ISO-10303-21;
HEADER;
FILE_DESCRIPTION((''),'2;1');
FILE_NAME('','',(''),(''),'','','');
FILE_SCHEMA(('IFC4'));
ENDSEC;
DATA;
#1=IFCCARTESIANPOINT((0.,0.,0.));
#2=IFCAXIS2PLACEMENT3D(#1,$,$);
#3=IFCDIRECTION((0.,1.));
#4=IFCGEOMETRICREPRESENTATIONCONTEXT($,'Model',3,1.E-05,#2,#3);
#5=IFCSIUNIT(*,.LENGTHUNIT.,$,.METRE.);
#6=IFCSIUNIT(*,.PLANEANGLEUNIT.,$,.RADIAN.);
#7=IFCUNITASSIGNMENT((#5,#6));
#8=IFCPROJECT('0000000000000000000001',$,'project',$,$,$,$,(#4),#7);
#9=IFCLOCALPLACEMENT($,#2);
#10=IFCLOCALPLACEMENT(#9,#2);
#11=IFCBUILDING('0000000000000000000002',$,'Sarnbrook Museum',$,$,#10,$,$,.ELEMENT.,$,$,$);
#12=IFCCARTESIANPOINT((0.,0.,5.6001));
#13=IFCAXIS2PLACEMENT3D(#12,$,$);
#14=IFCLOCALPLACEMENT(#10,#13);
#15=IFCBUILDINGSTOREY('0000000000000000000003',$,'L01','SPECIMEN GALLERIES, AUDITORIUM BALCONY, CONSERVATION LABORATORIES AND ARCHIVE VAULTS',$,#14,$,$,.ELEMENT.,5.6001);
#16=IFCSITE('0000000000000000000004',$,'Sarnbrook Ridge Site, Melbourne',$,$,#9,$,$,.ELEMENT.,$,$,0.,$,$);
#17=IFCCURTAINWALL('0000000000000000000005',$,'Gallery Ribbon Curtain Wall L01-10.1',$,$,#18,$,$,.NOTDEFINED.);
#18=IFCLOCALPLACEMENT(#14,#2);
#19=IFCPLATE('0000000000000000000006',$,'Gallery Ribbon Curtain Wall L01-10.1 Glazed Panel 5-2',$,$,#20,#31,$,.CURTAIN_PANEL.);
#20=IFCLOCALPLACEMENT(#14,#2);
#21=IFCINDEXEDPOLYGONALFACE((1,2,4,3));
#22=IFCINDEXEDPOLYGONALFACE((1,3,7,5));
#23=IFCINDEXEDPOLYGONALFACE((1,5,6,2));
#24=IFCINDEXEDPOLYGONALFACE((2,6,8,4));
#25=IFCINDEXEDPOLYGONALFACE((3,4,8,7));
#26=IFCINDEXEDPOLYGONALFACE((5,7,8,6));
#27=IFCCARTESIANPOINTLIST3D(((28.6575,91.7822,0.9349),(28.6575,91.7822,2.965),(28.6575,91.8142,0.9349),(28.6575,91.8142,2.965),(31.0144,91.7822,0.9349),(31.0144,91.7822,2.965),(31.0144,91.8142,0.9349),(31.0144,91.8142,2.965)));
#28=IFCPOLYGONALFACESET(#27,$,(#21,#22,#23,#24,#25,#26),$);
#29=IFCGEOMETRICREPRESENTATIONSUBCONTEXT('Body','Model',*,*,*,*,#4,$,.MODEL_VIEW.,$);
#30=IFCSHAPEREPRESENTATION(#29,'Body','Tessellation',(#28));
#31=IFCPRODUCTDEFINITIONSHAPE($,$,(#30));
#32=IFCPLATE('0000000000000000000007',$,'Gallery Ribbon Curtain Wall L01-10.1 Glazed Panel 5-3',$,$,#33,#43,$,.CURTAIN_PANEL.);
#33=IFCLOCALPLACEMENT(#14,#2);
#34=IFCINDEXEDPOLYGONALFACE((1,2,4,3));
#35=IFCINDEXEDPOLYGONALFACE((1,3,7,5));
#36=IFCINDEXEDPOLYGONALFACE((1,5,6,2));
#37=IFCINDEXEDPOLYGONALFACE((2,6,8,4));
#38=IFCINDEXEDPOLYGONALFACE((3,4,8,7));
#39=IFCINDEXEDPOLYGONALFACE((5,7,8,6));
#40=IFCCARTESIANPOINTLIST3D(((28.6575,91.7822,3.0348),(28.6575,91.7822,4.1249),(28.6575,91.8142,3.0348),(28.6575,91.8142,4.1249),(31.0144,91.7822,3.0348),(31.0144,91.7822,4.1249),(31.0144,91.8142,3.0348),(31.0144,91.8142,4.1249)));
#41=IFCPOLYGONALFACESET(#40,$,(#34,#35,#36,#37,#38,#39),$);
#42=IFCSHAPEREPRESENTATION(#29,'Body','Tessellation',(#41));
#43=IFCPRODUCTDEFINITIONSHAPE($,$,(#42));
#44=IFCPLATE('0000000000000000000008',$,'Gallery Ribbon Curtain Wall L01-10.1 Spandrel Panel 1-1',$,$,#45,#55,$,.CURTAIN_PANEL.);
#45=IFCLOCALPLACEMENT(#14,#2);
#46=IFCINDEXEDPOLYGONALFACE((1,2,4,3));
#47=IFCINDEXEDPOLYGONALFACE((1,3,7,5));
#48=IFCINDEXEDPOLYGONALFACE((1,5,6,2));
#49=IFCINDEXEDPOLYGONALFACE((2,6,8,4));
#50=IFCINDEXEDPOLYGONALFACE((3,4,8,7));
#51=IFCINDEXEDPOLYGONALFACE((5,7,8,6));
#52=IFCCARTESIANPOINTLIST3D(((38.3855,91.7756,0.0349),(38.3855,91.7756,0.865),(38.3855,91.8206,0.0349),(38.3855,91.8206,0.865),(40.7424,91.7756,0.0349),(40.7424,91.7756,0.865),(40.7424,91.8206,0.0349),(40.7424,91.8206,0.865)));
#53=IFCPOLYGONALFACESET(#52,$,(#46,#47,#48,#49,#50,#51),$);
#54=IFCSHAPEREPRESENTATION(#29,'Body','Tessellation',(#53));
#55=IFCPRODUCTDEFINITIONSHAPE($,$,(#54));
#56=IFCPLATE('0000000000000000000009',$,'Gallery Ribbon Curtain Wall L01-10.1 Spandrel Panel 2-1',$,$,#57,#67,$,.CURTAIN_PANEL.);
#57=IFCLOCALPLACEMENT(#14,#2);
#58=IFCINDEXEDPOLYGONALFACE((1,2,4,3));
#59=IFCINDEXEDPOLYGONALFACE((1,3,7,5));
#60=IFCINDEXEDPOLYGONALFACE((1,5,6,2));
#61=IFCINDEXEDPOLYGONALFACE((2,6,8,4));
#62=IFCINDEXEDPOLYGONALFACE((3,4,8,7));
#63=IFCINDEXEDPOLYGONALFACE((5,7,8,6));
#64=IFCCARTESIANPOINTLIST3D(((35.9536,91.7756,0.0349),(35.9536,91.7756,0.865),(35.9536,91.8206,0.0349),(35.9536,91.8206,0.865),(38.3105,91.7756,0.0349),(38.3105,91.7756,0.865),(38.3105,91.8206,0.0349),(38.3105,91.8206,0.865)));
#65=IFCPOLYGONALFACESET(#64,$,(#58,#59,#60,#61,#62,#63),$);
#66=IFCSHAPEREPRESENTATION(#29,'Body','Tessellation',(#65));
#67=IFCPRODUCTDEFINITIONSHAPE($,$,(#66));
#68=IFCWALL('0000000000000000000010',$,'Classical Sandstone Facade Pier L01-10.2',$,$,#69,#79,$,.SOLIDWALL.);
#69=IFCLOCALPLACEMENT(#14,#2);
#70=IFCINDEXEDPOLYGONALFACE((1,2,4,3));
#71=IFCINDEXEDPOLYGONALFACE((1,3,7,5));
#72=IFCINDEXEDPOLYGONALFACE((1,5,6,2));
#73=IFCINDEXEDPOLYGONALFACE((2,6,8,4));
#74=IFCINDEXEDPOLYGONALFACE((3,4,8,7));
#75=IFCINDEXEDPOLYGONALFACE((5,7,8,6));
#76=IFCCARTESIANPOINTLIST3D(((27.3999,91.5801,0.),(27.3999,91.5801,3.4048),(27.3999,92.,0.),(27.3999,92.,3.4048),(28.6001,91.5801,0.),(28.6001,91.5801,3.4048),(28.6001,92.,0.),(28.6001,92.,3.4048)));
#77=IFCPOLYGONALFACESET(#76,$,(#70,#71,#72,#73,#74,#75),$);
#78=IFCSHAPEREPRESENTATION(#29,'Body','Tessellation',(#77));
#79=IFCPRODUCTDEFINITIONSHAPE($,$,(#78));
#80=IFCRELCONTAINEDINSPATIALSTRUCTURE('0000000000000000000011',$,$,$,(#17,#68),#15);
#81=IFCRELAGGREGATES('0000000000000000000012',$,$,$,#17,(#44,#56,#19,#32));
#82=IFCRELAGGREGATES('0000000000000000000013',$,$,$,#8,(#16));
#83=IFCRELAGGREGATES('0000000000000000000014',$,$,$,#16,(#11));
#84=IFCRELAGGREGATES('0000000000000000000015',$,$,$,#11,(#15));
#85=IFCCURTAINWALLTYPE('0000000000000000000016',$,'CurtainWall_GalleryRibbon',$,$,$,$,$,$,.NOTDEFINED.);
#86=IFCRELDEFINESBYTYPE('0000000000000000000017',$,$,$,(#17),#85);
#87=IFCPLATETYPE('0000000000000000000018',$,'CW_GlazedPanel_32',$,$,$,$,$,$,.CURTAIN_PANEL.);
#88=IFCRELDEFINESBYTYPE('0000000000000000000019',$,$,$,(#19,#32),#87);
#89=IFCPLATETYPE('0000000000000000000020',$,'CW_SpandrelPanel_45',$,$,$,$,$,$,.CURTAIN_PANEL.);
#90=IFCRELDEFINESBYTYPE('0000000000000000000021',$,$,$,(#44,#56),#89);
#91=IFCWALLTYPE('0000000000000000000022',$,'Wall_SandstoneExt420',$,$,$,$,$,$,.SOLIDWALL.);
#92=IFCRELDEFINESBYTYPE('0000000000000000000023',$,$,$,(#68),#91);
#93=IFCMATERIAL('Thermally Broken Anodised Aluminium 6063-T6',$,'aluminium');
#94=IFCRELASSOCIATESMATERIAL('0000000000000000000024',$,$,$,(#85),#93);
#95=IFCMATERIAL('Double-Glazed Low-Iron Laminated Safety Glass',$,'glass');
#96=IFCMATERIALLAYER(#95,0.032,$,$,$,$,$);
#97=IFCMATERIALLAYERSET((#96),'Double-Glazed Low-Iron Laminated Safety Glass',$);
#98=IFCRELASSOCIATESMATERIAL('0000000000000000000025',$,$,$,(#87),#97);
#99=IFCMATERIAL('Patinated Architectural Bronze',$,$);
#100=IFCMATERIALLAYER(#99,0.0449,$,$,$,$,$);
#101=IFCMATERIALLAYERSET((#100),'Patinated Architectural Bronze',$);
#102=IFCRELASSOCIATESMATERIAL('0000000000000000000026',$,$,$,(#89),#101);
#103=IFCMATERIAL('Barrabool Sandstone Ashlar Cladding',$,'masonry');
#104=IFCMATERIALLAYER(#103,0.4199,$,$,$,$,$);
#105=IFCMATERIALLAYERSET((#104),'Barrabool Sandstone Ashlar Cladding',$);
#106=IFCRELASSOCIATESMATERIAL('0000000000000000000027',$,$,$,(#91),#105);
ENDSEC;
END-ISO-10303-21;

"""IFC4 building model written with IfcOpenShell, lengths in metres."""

from ifc_helpers import new_model, si_unit, direction, frame, frame_2d, origin, origin_2d, place, context, subcontext, project, spatial, rectangle, extrude, material, layer, layer_set, type_object, element, aggregate, save


model = new_model("IFC4")

# Units and contexts
model_context = context("Model", 3, precision=1e-05, world=origin(), true_north=direction((0.0, 1.0)))
body_context = subcontext(model_context, "Body", "Model", "MODEL_VIEW")
ifc_project = project(units=[si_unit("LENGTHUNIT", "METRE"), si_unit("PLANEANGLEUNIT", "RADIAN")], contexts=[model_context])

# Site, building, storey
site_placement = place(None, origin())
site = spatial("IfcSite", under=ifc_project, at=site_placement, Name="Sarnbrook Ridge Site, Melbourne", CompositionType="ELEMENT", RefElevation=0.0)
building_placement = place(site_placement, origin())
building = spatial("IfcBuilding", under=site, at=building_placement, Name="Sarnbrook Museum", CompositionType="ELEMENT")
storey_placement = place(building_placement, frame((0.0, 0.0, 5.6001)))
storey = spatial("IfcBuildingStorey", under=building, at=storey_placement, Name="L01", Description="SPECIMEN GALLERIES, AUDITORIUM BALCONY, CONSERVATION LABORATORIES AND ARCHIVE VAULTS", CompositionType="ELEMENT", Elevation=5.6001)

# Curtain wall
ifc_material_1 = material(Name="Thermally Broken Anodised Aluminium 6063-T6", Category="aluminium")
curtain_wall_type = type_object("IfcCurtainWallType", Name="CurtainWall_GalleryRibbon", PredefinedType="NOTDEFINED", material=ifc_material_1)
curtain_wall_1_placement = place(storey_placement, origin())
curtain_wall_1 = element("IfcCurtainWall", 1, at=curtain_wall_1_placement, inside=storey, type_object=curtain_wall_type, Name="Gallery Ribbon Curtain Wall L01-10.1", PredefinedType="NOTDEFINED")

# Plates
ifc_material_2 = material(Name="Double-Glazed Low-Iron Laminated Safety Glass", Category="glass")
ifc_layer_1 = layer(ifc_material_2, 0.032)
ifc_layer_set_1 = layer_set([ifc_layer_1], Name="Double-Glazed Low-Iron Laminated Safety Glass")
plate_type_1 = type_object("IfcPlateType", Name="CW_GlazedPanel_32", PredefinedType="CURTAIN_PANEL", material=ifc_layer_set_1)
plate_1_placement = place(storey_placement, frame((29.8359, 91.7822, 1.95), z_axis=(0.0, 1.0, 0.0), x_axis=(-1.0, 0.0, 0.0)))
plate_1 = element("IfcPlate", 2, at=plate_1_placement, type_object=plate_type_1, Name="Gallery Ribbon Curtain Wall L01-10.1 Glazed Panel 5-2", PredefinedType="CURTAIN_PANEL", context=body_context, shape_type="SweptSolid", body=[
    extrude(rectangle(XDim=2.3569, YDim=2.03, at=origin_2d()), origin(), (0.0, 0.0, 1.0), 0.032),
])
plate_2_placement = place(storey_placement, frame((29.8359, 91.7822, 3.5798), z_axis=(0.0, 1.0, 0.0), x_axis=(-1.0, 0.0, 0.0)))
plate_2 = element("IfcPlate", 3, at=plate_2_placement, type_object=plate_type_1, Name="Gallery Ribbon Curtain Wall L01-10.1 Glazed Panel 5-3", PredefinedType="CURTAIN_PANEL", context=body_context, shape_type="SweptSolid", body=[
    extrude(rectangle(XDim=2.3569, YDim=1.0901, at=origin_2d()), origin(), (0.0, 0.0, 1.0), 0.032),
])
ifc_material_3 = material(Name="Patinated Architectural Bronze")
ifc_layer_2 = layer(ifc_material_3, 0.0449)
ifc_layer_set_2 = layer_set([ifc_layer_2], Name="Patinated Architectural Bronze")
plate_type_2 = type_object("IfcPlateType", Name="CW_SpandrelPanel_45", PredefinedType="CURTAIN_PANEL", material=ifc_layer_set_2)
plate_3_placement = place(storey_placement, frame((39.564, 91.7756, 0.45), z_axis=(0.0, 1.0, 0.0), x_axis=(-1.0, 0.0, 0.0)))
plate_3 = element("IfcPlate", 4, at=plate_3_placement, type_object=plate_type_2, Name="Gallery Ribbon Curtain Wall L01-10.1 Spandrel Panel 1-1", PredefinedType="CURTAIN_PANEL", context=body_context, shape_type="SweptSolid", body=[
    extrude(rectangle(XDim=2.3569, YDim=0.8301, at=origin_2d()), origin(), (0.0, 0.0, 1.0), 0.0449),
])
plate_4_placement = place(storey_placement, frame((37.1321, 91.7756, 0.45), z_axis=(0.0, 1.0, 0.0), x_axis=(-1.0, 0.0, 0.0)))
plate_4 = element("IfcPlate", 5, at=plate_4_placement, type_object=plate_type_2, Name="Gallery Ribbon Curtain Wall L01-10.1 Spandrel Panel 2-1", PredefinedType="CURTAIN_PANEL", context=body_context, shape_type="SweptSolid", body=[
    extrude(rectangle(XDim=2.3569, YDim=0.8301, at=origin_2d()), origin(), (0.0, 0.0, 1.0), 0.0449),
])
aggregate(curtain_wall_1, [plate_3, plate_4, plate_1, plate_2])

# Wall
ifc_material_4 = material(Name="Barrabool Sandstone Ashlar Cladding", Category="masonry")
ifc_layer_3 = layer(ifc_material_4, 0.4199)
ifc_layer_set_3 = layer_set([ifc_layer_3], Name="Barrabool Sandstone Ashlar Cladding")
wall_type = type_object("IfcWallType", Name="Wall_SandstoneExt420", PredefinedType="SOLIDWALL", material=ifc_layer_set_3)
wall_placement = place(storey_placement, frame((28.6001, 91.79, 0.0), z_axis=(0.0, 0.0, 1.0), x_axis=(-1.0, 0.0, 0.0)))
element("IfcWall", 6, at=wall_placement, inside=storey, type_object=wall_type, Name="Classical Sandstone Facade Pier L01-10.2", PredefinedType="SOLIDWALL", context=body_context, shape_type="SweptSolid", body=[
    extrude(rectangle(XDim=1.2002, YDim=0.4199, at=frame_2d((0.6001, 0.0))), origin(), (0.0, 0.0, 1.0), 3.4048),
])

save(model, "model.ifc")
